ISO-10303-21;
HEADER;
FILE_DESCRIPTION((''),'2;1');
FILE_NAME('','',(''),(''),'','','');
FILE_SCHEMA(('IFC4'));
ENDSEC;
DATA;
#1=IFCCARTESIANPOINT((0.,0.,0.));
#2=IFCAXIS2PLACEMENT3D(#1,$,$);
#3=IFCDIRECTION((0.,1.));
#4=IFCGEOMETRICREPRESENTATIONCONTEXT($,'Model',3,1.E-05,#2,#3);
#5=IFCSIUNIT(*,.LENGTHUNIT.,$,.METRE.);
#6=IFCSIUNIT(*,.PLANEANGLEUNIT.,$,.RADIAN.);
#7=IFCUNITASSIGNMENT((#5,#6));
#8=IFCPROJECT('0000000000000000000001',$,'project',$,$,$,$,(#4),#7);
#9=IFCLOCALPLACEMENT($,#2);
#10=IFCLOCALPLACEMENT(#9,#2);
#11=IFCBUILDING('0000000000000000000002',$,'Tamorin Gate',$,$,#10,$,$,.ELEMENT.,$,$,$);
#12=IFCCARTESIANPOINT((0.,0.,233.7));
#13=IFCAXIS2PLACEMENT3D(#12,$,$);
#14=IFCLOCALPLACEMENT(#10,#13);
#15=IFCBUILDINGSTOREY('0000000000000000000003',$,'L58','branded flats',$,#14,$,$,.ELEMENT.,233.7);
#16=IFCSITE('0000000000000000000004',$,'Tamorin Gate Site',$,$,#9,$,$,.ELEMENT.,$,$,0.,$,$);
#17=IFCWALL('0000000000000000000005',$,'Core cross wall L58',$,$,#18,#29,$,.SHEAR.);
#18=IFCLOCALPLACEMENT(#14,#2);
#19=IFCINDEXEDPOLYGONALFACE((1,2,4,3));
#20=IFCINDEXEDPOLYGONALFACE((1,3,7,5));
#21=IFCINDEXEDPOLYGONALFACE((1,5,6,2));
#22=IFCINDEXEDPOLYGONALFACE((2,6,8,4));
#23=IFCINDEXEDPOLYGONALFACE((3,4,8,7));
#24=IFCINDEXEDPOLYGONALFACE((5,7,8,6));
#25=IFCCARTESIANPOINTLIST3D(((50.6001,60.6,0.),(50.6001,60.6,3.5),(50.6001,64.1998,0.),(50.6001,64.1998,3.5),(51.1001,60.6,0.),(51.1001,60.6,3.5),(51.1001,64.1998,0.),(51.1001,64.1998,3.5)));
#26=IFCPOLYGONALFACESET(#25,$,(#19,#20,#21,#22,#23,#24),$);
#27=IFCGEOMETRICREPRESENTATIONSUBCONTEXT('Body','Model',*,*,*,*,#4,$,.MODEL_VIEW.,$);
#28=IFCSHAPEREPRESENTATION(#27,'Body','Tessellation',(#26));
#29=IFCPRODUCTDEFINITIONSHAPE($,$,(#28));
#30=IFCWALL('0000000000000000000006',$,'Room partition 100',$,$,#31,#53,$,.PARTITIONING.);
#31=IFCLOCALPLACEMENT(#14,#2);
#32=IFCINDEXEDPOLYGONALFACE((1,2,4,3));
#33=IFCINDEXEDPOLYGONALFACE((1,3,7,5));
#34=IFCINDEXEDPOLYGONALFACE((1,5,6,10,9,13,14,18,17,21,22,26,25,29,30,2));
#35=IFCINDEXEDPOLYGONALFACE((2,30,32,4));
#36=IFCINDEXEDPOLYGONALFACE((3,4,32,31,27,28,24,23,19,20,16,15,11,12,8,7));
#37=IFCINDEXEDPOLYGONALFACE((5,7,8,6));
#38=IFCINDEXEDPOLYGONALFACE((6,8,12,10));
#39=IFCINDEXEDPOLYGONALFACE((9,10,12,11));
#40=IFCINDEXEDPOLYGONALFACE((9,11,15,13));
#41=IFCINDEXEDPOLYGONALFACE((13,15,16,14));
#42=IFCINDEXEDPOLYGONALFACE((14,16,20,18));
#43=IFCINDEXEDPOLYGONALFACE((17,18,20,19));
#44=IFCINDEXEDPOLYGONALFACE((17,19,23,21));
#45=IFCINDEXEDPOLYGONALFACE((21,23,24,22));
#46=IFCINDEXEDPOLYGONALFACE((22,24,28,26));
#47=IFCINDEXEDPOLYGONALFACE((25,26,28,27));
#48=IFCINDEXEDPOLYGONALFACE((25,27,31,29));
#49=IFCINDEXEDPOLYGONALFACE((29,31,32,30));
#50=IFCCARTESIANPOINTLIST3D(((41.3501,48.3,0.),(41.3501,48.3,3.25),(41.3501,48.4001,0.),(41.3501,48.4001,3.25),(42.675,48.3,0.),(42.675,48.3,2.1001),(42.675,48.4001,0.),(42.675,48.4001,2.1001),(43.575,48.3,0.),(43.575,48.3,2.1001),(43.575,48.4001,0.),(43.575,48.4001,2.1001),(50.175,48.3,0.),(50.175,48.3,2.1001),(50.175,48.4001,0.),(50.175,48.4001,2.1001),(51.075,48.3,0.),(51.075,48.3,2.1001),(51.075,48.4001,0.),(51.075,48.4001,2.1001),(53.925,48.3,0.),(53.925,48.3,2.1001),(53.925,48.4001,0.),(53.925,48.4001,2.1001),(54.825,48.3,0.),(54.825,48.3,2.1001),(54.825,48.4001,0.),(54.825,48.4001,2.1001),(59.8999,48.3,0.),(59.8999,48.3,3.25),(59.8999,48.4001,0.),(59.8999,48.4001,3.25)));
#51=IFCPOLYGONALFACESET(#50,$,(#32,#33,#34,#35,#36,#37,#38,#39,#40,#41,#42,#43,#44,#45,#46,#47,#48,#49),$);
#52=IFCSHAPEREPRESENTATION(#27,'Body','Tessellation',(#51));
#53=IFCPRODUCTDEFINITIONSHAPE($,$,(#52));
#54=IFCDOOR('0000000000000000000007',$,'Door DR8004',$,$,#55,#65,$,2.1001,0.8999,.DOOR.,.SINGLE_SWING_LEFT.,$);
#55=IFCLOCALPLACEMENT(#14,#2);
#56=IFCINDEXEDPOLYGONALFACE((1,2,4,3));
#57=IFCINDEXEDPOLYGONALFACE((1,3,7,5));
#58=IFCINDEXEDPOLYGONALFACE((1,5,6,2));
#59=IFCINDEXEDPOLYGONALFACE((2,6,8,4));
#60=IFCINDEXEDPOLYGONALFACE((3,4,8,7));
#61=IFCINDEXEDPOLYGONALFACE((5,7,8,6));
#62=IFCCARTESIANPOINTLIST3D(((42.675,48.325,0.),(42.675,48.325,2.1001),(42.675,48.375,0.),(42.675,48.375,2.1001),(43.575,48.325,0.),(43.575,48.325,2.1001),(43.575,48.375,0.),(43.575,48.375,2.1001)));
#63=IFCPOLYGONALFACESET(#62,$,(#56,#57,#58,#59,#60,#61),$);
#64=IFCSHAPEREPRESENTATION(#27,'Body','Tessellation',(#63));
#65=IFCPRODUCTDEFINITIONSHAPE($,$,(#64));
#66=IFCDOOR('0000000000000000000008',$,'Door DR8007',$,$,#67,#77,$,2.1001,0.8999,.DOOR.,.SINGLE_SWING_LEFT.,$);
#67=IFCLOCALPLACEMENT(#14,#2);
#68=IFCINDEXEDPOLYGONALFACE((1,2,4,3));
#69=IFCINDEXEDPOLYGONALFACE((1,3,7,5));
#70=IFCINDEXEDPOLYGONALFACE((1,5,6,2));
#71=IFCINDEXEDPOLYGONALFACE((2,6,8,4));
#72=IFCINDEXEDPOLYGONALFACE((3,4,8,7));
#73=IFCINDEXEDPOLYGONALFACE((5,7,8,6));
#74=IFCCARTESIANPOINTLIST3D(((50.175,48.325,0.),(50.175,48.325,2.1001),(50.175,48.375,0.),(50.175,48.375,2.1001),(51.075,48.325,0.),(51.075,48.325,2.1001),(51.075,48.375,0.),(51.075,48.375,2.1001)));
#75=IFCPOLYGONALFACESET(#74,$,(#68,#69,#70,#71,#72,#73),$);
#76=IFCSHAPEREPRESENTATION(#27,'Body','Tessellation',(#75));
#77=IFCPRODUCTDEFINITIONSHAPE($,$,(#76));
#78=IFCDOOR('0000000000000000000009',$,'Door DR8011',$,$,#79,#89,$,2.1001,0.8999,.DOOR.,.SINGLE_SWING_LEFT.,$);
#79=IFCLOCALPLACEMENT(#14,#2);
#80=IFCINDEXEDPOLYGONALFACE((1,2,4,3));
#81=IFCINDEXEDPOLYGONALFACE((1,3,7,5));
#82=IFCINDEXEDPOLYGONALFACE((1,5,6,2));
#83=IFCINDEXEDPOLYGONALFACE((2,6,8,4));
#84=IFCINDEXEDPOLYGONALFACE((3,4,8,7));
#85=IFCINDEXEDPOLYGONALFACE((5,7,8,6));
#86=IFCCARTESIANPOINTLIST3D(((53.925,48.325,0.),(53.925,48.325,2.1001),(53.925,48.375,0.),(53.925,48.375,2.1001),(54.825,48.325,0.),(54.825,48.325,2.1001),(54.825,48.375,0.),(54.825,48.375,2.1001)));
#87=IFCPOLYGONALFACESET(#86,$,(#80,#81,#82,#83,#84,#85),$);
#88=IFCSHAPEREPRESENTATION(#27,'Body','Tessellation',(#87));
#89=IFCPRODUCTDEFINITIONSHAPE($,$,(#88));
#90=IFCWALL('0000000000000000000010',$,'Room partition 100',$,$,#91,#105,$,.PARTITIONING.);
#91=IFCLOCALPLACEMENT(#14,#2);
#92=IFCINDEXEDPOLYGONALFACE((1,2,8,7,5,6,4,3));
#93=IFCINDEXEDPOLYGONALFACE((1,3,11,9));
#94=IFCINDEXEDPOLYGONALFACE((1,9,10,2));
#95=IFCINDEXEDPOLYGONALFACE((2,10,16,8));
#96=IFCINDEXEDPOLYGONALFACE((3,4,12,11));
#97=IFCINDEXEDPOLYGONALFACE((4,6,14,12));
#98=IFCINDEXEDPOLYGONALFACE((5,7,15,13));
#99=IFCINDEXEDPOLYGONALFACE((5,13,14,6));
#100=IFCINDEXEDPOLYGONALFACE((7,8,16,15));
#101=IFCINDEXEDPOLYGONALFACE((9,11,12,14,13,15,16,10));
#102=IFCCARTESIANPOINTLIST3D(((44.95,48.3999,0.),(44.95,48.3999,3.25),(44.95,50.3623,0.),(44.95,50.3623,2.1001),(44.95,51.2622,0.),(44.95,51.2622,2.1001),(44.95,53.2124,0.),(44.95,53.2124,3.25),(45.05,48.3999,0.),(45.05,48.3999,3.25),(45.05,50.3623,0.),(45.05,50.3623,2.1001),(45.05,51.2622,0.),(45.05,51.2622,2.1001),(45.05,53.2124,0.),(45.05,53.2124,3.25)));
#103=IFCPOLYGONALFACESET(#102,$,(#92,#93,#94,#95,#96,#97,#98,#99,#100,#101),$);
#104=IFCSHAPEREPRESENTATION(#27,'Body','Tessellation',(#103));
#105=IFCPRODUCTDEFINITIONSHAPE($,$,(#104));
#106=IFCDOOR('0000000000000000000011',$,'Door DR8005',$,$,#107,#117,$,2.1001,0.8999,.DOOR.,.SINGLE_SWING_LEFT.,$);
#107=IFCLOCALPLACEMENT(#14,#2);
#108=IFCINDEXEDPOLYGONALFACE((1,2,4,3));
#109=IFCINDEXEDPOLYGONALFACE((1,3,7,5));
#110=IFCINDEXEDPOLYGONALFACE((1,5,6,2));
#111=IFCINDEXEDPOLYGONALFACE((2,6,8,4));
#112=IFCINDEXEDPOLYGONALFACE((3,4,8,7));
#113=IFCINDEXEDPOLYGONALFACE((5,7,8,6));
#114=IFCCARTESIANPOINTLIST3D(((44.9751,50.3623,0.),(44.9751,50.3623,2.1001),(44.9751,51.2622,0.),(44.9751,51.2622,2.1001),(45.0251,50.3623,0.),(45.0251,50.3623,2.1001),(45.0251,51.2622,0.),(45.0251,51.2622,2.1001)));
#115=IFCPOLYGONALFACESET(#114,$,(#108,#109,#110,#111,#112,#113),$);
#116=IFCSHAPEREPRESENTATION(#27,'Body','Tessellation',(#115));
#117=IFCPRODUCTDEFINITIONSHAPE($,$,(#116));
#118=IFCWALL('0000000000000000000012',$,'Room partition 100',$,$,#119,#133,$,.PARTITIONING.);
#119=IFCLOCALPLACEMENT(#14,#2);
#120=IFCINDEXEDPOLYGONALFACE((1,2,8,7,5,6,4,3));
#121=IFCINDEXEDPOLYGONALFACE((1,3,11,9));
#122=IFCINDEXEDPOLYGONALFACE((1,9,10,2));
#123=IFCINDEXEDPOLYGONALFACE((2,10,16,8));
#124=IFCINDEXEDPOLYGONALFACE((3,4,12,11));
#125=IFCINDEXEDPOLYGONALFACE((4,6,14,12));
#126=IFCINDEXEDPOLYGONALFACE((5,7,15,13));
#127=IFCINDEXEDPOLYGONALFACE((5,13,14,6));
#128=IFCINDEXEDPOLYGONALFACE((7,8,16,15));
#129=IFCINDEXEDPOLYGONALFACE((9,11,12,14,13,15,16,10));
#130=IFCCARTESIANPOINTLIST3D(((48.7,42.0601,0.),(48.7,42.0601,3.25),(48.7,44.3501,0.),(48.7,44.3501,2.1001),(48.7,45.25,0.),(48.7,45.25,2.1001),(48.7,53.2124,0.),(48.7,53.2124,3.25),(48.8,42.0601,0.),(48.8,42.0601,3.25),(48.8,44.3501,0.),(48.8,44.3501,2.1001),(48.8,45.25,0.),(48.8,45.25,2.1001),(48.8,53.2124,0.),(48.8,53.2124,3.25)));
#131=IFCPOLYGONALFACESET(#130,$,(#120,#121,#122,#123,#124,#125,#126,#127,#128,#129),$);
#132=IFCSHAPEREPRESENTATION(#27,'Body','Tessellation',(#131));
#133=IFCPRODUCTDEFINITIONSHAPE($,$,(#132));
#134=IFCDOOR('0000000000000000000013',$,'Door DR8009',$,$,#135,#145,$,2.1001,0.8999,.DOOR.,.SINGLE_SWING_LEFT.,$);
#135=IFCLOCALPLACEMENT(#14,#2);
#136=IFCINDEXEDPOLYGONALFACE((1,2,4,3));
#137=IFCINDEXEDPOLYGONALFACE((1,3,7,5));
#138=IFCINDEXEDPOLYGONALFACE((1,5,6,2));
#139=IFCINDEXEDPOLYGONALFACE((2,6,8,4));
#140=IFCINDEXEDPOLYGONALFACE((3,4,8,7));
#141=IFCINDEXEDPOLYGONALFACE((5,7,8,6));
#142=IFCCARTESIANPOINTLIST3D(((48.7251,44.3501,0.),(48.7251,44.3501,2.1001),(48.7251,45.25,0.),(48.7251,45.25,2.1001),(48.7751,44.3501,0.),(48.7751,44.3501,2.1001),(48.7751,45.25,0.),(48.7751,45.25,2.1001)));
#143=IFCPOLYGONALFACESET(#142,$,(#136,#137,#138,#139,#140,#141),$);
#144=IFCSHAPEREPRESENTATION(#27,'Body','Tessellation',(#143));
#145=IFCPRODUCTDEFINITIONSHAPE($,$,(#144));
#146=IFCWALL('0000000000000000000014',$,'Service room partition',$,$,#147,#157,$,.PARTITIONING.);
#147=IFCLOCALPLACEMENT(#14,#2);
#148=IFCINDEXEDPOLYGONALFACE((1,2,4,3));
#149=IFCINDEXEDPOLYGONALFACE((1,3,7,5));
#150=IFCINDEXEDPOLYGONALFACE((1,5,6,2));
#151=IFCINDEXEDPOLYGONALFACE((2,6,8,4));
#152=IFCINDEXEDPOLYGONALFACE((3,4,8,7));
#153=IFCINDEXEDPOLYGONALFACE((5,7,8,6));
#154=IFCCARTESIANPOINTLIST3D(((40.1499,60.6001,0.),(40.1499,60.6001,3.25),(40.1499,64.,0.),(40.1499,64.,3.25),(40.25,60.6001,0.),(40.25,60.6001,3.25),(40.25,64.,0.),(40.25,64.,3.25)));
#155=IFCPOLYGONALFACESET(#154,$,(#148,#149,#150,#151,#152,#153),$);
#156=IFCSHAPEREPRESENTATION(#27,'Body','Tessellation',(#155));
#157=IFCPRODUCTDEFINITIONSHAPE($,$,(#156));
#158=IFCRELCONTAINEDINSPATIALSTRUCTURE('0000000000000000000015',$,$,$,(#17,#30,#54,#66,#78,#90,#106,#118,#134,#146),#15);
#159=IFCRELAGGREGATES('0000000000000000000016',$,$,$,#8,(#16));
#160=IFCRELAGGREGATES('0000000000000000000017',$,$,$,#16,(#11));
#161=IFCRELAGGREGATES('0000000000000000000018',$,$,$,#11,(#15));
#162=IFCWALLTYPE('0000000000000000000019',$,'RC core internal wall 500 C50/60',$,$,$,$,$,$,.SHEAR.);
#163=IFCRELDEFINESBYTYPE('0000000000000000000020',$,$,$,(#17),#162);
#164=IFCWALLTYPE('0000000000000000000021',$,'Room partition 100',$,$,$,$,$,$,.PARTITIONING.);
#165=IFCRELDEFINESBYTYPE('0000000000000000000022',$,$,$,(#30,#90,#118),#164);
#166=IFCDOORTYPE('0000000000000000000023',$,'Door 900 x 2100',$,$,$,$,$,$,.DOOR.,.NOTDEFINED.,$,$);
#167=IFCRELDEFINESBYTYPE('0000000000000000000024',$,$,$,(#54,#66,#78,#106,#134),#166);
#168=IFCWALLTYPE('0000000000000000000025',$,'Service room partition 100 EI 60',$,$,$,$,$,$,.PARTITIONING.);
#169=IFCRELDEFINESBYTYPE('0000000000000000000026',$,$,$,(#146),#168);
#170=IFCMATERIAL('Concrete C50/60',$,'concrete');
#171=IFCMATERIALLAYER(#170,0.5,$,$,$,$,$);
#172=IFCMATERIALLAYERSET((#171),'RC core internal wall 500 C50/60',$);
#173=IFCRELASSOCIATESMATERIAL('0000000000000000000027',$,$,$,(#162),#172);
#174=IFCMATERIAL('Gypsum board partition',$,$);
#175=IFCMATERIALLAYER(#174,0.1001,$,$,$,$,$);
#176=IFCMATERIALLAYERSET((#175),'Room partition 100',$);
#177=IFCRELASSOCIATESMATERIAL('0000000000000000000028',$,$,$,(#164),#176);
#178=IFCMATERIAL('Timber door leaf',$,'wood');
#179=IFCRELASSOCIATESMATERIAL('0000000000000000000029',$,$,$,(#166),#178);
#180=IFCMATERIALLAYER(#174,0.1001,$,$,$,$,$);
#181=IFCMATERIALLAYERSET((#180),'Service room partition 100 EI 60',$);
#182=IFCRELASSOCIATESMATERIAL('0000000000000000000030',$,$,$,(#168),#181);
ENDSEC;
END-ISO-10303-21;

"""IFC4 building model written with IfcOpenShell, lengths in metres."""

from ifc_helpers import new_model, si_unit, direction, frame, frame_2d, origin, place, context, subcontext, project, spatial, rectangle, extrude, material, layer, layer_set, type_object, element, fill, save


model = new_model("IFC4")

# Units and contexts
model_context = context("Model", 3, precision=1e-05, world=origin(), true_north=direction((0.0, 1.0)))
body_context = subcontext(model_context, "Body", "Model", "MODEL_VIEW")
ifc_project = project(units=[si_unit("LENGTHUNIT", "METRE"), si_unit("PLANEANGLEUNIT", "RADIAN")], contexts=[model_context])

# Site, building, storey
site_placement = place(None, origin())
site = spatial("IfcSite", under=ifc_project, at=site_placement, Name="Tamorin Gate Site", CompositionType="ELEMENT", RefElevation=0.0)
building_placement = place(site_placement, origin())
building = spatial("IfcBuilding", under=site, at=building_placement, Name="Tamorin Gate", CompositionType="ELEMENT")
storey_placement = place(building_placement, frame((0.0, 0.0, 233.7)))
storey = spatial("IfcBuildingStorey", under=building, at=storey_placement, Name="L58", Description="branded flats", CompositionType="ELEMENT", Elevation=233.7)

# Shared definitions
ifc_material_1 = material(Name="Concrete C50/60", Category="concrete")

# Wall
ifc_material_2 = material(Name="Gypsum board partition")
ifc_layer_1 = layer(ifc_material_1, 0.5)
ifc_layer_set_1 = layer_set([ifc_layer_1], Name="RC core internal wall 500 C50/60")
wall_type_1 = type_object("IfcWallType", Name="RC core internal wall 500 C50/60", PredefinedType="SHEAR", material=ifc_layer_set_1)
wall_1_placement = place(storey_placement, frame((50.8501, 60.6001, 0.0), z_axis=(0.0, 0.0, 1.0), x_axis=(0.0, 1.0, 0.0)))
element("IfcWall", 1, at=wall_1_placement, inside=storey, type_object=wall_type_1, Name="Core cross wall L58", PredefinedType="SHEAR", context=body_context, shape_type="SweptSolid", body=[
    extrude(rectangle(XDim=3.5999, YDim=0.5, at=frame_2d((1.7998, 0.0))), origin(), (0.0, 0.0, 1.0), 3.5),
])

# Wall, openings, doors
ifc_layer_2 = layer(ifc_material_2, 0.1001)
ifc_layer_set_2 = layer_set([ifc_layer_2], Name="Room partition 100")
wall_type_2 = type_object("IfcWallType", Name="Room partition 100", PredefinedType="PARTITIONING", material=ifc_layer_set_2)
wall_2_placement = place(storey_placement, frame((41.3501, 48.3501, 0.0), z_axis=(0.0, 0.0, 1.0), x_axis=(1.0, 0.0, 0.0)))
wall_2 = element("IfcWall", 2, at=wall_2_placement, inside=storey, type_object=wall_type_2, Name="Room partition 100", PredefinedType="PARTITIONING", context=body_context, shape_type="SweptSolid", body=[
    extrude(rectangle(XDim=18.5498, YDim=0.1001, at=frame_2d((9.2749, 0.0))), origin(), (0.0, 0.0, 1.0), 3.25),
])
opening_1_placement = place(wall_2_placement, frame((1.325, 0.0, 0.0)))
opening_1 = element("IfcOpeningElement", 3, at=opening_1_placement, cuts=wall_2, PredefinedType="OPENING", context=body_context, shape_type="SweptSolid", body=[
    extrude(rectangle(XDim=0.8999, YDim=2.1001, at=frame_2d((0.45, 1.05))), frame((0.0, 0.0601, 0.0), z_axis=(0.0, -1.0, 0.0), x_axis=(1.0, 0.0, 0.0)), (0.0, 0.0, 1.0), 0.1201),
])
opening_2_placement = place(wall_2_placement, frame((8.825, 0.0, 0.0)))
opening_2 = element("IfcOpeningElement", 4, at=opening_2_placement, cuts=wall_2, PredefinedType="OPENING", context=body_context, shape_type="SweptSolid", body=[
    extrude(rectangle(XDim=0.8999, YDim=2.1001, at=frame_2d((0.45, 1.05))), frame((0.0, 0.0601, 0.0), z_axis=(0.0, -1.0, 0.0), x_axis=(1.0, 0.0, 0.0)), (0.0, 0.0, 1.0), 0.1201),
])
opening_3_placement = place(wall_2_placement, frame((12.575, 0.0, 0.0)))
opening_3 = element("IfcOpeningElement", 5, at=opening_3_placement, cuts=wall_2, PredefinedType="OPENING", context=body_context, shape_type="SweptSolid", body=[
    extrude(rectangle(XDim=0.8999, YDim=2.1001, at=frame_2d((0.45, 1.05))), frame((0.0, 0.0601, 0.0), z_axis=(0.0, -1.0, 0.0), x_axis=(1.0, 0.0, 0.0)), (0.0, 0.0, 1.0), 0.1201),
])
ifc_material_3 = material(Name="Timber door leaf", Category="wood")
door_type = type_object("IfcDoorType", Name="Door 900 x 2100", OperationType="NOTDEFINED", PredefinedType="DOOR", material=ifc_material_3)
door_1_placement = place(opening_1_placement, origin())
door_1 = element("IfcDoor", 6, at=door_1_placement, inside=storey, type_object=door_type, Name="Door DR8004", OperationType="SINGLE_SWING_LEFT", OverallHeight=2.1001, OverallWidth=0.8999, PredefinedType="DOOR", context=body_context, shape_type="SweptSolid", body=[
    extrude(rectangle(XDim=0.8999, YDim=2.1001, at=frame_2d((0.45, 1.05))), frame((0.0, 0.0249, 0.0), z_axis=(0.0, -1.0, 0.0), x_axis=(1.0, 0.0, 0.0)), (0.0, 0.0, 1.0), 0.05),
])
fill(opening_1, door_1)
door_2_placement = place(opening_2_placement, origin())
door_2 = element("IfcDoor", 7, at=door_2_placement, inside=storey, type_object=door_type, Name="Door DR8007", OperationType="SINGLE_SWING_LEFT", OverallHeight=2.1001, OverallWidth=0.8999, PredefinedType="DOOR", context=body_context, shape_type="SweptSolid", body=[
    extrude(rectangle(XDim=0.8999, YDim=2.1001, at=frame_2d((0.45, 1.05))), frame((0.0, 0.0249, 0.0), z_axis=(0.0, -1.0, 0.0), x_axis=(1.0, 0.0, 0.0)), (0.0, 0.0, 1.0), 0.05),
])
fill(opening_2, door_2)
door_3_placement = place(opening_3_placement, origin())
door_3 = element("IfcDoor", 8, at=door_3_placement, inside=storey, type_object=door_type, Name="Door DR8011", OperationType="SINGLE_SWING_LEFT", OverallHeight=2.1001, OverallWidth=0.8999, PredefinedType="DOOR", context=body_context, shape_type="SweptSolid", body=[
    extrude(rectangle(XDim=0.8999, YDim=2.1001, at=frame_2d((0.45, 1.05))), frame((0.0, 0.0249, 0.0), z_axis=(0.0, -1.0, 0.0), x_axis=(1.0, 0.0, 0.0)), (0.0, 0.0, 1.0), 0.05),
])
fill(opening_3, door_3)

# Walls, openings, doors
wall_3_placement = place(storey_placement, frame((45.0, 48.3999, 0.0), z_axis=(0.0, 0.0, 1.0), x_axis=(0.0, 1.0, 0.0)))
wall_3 = element("IfcWall", 9, at=wall_3_placement, inside=storey, type_object=wall_type_2, Name="Room partition 100", PredefinedType="PARTITIONING", context=body_context, shape_type="SweptSolid", body=[
    extrude(rectangle(XDim=4.8125, YDim=0.1001, at=frame_2d((2.4062, 0.0))), origin(), (0.0, 0.0, 1.0), 3.25),
])
opening_4_placement = place(wall_3_placement, frame((1.9624, 0.0, 0.0)))
opening_4 = element("IfcOpeningElement", 10, at=opening_4_placement, cuts=wall_3, PredefinedType="OPENING", context=body_context, shape_type="SweptSolid", body=[
    extrude(rectangle(XDim=0.8999, YDim=2.1001, at=frame_2d((0.45, 1.05))), frame((0.0, 0.0601, 0.0), z_axis=(0.0, -1.0, 0.0), x_axis=(1.0, 0.0, 0.0)), (0.0, 0.0, 1.0), 0.1201),
])
door_4_placement = place(opening_4_placement, origin())
door_4 = element("IfcDoor", 11, at=door_4_placement, inside=storey, type_object=door_type, Name="Door DR8005", OperationType="SINGLE_SWING_LEFT", OverallHeight=2.1001, OverallWidth=0.8999, PredefinedType="DOOR", context=body_context, shape_type="SweptSolid", body=[
    extrude(rectangle(XDim=0.8999, YDim=2.1001, at=frame_2d((0.45, 1.05))), frame((0.0, 0.0249, 0.0), z_axis=(0.0, -1.0, 0.0), x_axis=(1.0, 0.0, 0.0)), (0.0, 0.0, 1.0), 0.05),
])
fill(opening_4, door_4)
wall_4_placement = place(storey_placement, frame((48.75, 42.0601, 0.0), z_axis=(0.0, 0.0, 1.0), x_axis=(0.0, 1.0, 0.0)))
wall_4 = element("IfcWall", 12, at=wall_4_placement, inside=storey, type_object=wall_type_2, Name="Room partition 100", PredefinedType="PARTITIONING", context=body_context, shape_type="SweptSolid", body=[
    extrude(rectangle(XDim=11.1523, YDim=0.1001, at=frame_2d((5.5762, 0.0))), origin(), (0.0, 0.0, 1.0), 3.25),
])
opening_5_placement = place(wall_4_placement, frame((2.29, 0.0, 0.0)))
opening_5 = element("IfcOpeningElement", 13, at=opening_5_placement, cuts=wall_4, PredefinedType="OPENING", context=body_context, shape_type="SweptSolid", body=[
    extrude(rectangle(XDim=0.8999, YDim=2.1001, at=frame_2d((0.45, 1.05))), frame((0.0, 0.0601, 0.0), z_axis=(0.0, -1.0, 0.0), x_axis=(1.0, 0.0, 0.0)), (0.0, 0.0, 1.0), 0.1201),
])
door_5_placement = place(opening_5_placement, origin())
door_5 = element("IfcDoor", 14, at=door_5_placement, inside=storey, type_object=door_type, Name="Door DR8009", OperationType="SINGLE_SWING_LEFT", OverallHeight=2.1001, OverallWidth=0.8999, PredefinedType="DOOR", context=body_context, shape_type="SweptSolid", body=[
    extrude(rectangle(XDim=0.8999, YDim=2.1001, at=frame_2d((0.45, 1.05))), frame((0.0, 0.0249, 0.0), z_axis=(0.0, -1.0, 0.0), x_axis=(1.0, 0.0, 0.0)), (0.0, 0.0, 1.0), 0.05),
])
fill(opening_5, door_5)

# Wall
ifc_layer_3 = layer(ifc_material_2, 0.1001)
ifc_layer_set_3 = layer_set([ifc_layer_3], Name="Service room partition 100 EI 60")
wall_type_3 = type_object("IfcWallType", Name="Service room partition 100 EI 60", PredefinedType="PARTITIONING", material=ifc_layer_set_3)
wall_5_placement = place(storey_placement, frame((40.2, 60.6001, 0.0), z_axis=(0.0, 0.0, 1.0), x_axis=(0.0, 1.0, 0.0)))
element("IfcWall", 15, at=wall_5_placement, inside=storey, type_object=wall_type_3, Name="Service room partition", PredefinedType="PARTITIONING", context=body_context, shape_type="SweptSolid", body=[
    extrude(rectangle(XDim=3.3999, YDim=0.1001, at=frame_2d((1.7, 0.0))), origin(), (0.0, 0.0, 1.0), 3.25),
])

save(model, "model.ifc")
